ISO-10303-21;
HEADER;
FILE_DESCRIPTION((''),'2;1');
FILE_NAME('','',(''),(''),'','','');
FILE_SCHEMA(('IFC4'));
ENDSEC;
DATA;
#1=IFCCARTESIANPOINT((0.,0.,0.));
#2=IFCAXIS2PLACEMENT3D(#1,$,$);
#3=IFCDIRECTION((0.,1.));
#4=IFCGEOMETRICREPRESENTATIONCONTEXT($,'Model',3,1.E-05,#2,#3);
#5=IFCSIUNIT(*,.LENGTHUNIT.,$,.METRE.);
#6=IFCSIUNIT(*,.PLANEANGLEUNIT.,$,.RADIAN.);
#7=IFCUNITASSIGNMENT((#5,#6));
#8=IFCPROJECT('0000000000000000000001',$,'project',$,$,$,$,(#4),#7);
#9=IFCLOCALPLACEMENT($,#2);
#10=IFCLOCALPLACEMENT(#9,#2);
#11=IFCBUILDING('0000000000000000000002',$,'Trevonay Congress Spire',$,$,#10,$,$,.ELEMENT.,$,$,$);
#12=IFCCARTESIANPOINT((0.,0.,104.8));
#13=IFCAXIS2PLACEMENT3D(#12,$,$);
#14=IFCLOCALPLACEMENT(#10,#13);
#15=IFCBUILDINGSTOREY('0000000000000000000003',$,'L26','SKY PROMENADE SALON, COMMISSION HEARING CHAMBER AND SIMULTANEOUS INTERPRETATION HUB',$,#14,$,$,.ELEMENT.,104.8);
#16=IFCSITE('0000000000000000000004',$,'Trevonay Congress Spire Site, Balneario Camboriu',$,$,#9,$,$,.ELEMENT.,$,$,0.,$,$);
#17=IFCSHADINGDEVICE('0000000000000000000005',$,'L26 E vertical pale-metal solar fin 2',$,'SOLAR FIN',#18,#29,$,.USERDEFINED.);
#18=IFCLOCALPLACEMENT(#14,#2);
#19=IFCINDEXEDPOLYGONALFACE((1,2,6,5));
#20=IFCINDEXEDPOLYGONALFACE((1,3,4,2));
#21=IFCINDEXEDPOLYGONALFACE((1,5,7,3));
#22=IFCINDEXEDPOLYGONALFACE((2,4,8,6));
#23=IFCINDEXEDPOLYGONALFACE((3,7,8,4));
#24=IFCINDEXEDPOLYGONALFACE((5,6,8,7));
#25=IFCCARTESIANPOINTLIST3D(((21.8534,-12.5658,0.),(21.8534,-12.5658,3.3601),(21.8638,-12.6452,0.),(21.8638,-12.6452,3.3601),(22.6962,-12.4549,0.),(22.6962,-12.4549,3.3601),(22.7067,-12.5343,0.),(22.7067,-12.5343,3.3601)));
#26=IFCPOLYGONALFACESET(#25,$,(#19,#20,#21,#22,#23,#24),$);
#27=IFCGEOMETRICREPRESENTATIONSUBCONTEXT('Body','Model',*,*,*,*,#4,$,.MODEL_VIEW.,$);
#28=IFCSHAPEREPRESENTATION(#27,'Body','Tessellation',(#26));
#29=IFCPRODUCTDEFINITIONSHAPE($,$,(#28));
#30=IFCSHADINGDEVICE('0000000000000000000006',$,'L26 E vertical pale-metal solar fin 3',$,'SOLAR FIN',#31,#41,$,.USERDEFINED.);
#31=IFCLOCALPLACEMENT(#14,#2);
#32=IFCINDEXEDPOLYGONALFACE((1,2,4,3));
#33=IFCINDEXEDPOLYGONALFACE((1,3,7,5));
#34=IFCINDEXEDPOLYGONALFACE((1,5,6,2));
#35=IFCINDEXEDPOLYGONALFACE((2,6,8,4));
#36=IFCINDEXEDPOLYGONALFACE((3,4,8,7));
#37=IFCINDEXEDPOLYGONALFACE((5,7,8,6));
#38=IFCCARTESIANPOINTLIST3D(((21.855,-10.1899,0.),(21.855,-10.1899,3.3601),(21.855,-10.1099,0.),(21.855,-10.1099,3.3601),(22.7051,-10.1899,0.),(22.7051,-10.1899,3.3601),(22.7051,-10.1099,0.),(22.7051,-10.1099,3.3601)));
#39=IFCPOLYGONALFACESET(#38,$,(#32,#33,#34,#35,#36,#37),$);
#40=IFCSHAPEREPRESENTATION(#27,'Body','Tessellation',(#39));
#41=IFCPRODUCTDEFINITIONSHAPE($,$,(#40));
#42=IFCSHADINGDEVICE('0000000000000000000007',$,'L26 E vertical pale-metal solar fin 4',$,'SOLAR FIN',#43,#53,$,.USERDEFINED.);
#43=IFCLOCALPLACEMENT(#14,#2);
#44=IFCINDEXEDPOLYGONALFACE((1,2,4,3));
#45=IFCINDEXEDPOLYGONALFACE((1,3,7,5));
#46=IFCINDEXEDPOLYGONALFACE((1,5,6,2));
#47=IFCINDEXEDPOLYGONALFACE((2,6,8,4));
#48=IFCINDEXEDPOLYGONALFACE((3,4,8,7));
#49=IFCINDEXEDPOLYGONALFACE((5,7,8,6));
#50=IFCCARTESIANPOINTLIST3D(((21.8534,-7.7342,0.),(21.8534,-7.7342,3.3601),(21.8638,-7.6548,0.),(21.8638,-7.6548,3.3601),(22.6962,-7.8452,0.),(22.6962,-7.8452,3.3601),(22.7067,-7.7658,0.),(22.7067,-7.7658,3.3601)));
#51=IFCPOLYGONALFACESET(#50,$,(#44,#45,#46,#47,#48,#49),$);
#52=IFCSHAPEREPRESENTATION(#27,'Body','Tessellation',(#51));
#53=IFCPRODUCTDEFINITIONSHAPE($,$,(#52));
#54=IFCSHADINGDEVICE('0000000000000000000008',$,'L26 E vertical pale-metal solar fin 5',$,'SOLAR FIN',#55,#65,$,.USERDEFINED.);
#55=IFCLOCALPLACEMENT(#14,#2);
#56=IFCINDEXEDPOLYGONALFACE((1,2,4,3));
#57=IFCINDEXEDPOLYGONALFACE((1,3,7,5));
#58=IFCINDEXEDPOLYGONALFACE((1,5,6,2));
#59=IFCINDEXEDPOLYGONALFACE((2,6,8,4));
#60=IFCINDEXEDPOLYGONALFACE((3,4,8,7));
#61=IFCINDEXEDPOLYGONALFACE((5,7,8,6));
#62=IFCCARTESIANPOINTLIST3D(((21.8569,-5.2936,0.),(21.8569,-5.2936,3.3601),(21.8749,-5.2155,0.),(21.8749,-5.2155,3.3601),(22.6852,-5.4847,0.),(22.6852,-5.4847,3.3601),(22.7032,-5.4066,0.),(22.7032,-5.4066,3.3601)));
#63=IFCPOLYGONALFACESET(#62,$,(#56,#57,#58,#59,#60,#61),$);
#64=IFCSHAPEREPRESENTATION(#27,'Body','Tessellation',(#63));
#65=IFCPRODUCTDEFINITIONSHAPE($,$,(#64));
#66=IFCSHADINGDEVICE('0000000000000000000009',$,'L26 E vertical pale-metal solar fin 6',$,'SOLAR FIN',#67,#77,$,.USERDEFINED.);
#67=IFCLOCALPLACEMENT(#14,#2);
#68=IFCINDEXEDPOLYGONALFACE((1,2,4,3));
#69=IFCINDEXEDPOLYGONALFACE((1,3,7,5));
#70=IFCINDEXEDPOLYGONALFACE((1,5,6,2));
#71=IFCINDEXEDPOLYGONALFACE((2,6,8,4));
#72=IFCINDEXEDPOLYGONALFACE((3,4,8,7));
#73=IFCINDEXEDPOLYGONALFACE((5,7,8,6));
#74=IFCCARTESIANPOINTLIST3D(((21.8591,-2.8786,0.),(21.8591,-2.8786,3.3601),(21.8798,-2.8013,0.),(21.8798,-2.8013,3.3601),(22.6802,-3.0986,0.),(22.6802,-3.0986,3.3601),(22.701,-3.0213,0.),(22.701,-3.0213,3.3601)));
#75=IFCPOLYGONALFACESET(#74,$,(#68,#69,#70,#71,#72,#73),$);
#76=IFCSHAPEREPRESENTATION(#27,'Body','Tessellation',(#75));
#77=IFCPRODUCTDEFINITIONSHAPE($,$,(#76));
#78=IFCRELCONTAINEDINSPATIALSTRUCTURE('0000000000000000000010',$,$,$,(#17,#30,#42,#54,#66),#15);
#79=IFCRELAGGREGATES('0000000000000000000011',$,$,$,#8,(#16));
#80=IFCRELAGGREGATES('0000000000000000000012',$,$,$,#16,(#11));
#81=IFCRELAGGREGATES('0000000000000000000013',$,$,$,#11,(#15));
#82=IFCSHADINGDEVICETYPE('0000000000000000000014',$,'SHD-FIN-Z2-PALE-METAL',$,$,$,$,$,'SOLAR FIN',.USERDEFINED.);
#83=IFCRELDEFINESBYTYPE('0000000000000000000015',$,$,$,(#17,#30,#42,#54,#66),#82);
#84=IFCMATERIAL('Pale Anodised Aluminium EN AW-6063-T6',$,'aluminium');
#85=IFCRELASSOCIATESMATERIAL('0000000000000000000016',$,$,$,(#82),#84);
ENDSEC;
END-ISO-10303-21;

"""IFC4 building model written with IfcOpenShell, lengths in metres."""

from ifc_helpers import new_model, si_unit, direction, frame, origin, origin_2d, place, context, subcontext, project, spatial, rectangle, extrude, material, type_object, element, save


model = new_model("IFC4")

# Units and contexts
model_context = context("Model", 3, precision=1e-05, world=origin(), true_north=direction((0.0, 1.0)))
body_context = subcontext(model_context, "Body", "Model", "MODEL_VIEW")
ifc_project = project(units=[si_unit("LENGTHUNIT", "METRE"), si_unit("PLANEANGLEUNIT", "RADIAN")], contexts=[model_context])

# Site, building, storey
site_placement = place(None, origin())
site = spatial("IfcSite", under=ifc_project, at=site_placement, Name="Trevonay Congress Spire Site, Balneario Camboriu", CompositionType="ELEMENT", RefElevation=0.0)
building_placement = place(site_placement, origin())
building = spatial("IfcBuilding", under=site, at=building_placement, Name="Trevonay Congress Spire", CompositionType="ELEMENT")
storey_placement = place(building_placement, frame((0.0, 0.0, 104.8)))
storey = spatial("IfcBuildingStorey", under=building, at=storey_placement, Name="L26", Description="SKY PROMENADE SALON, COMMISSION HEARING CHAMBER AND SIMULTANEOUS INTERPRETATION HUB", CompositionType="ELEMENT", Elevation=104.8)

# Shared definitions
ifc_material_1 = material(Name="Pale Anodised Aluminium EN AW-6063-T6", Category="aluminium")

# Shading devices
shading_device_type = type_object("IfcShadingDeviceType", Name="SHD-FIN-Z2-PALE-METAL", ElementType="SOLAR FIN", PredefinedType="USERDEFINED", material=ifc_material_1)
for number, where, z_axis, x_axis, name in (
    (1, (22.28, -12.55, 0.0), (0.0, 0.0, 1.0), (-0.130526, 0.991445, 0.0), "L26 E vertical pale-metal solar fin 2"),
    (2, (22.28, -10.1499, 0.0), (0.0, 0.0, 1.0), (0.0, 1.0, 0.0), "L26 E vertical pale-metal solar fin 3"),
    (3, (22.28, -7.75, 0.0), (0.0, 0.0, 1.0), (0.130526, 0.991445, 0.0), "L26 E vertical pale-metal solar fin 4"),
    (4, (22.28, -5.3501, 0.0), (0.0, 0.0, 1.0), (0.224781, 0.974409, 0.0), "L26 E vertical pale-metal solar fin 5"),
    (5, (22.28, -2.95, 0.0), (0.0, 0.0, 1.0), (0.258819, 0.965926, 0.0), "L26 E vertical pale-metal solar fin 6"),
):
    element("IfcShadingDevice", number, at=place(storey_placement, frame(where, z_axis=z_axis, x_axis=x_axis)), inside=storey, type_object=shading_device_type, Name=name, ObjectType="SOLAR FIN", PredefinedType="USERDEFINED", context=body_context, shape_type="SweptSolid", body=[
        extrude(rectangle(XDim=0.0801, YDim=0.8501, at=origin_2d()), origin(), (0.0, 0.0, 1.0), 3.3601),
    ])

save(model, "model.ifc")
